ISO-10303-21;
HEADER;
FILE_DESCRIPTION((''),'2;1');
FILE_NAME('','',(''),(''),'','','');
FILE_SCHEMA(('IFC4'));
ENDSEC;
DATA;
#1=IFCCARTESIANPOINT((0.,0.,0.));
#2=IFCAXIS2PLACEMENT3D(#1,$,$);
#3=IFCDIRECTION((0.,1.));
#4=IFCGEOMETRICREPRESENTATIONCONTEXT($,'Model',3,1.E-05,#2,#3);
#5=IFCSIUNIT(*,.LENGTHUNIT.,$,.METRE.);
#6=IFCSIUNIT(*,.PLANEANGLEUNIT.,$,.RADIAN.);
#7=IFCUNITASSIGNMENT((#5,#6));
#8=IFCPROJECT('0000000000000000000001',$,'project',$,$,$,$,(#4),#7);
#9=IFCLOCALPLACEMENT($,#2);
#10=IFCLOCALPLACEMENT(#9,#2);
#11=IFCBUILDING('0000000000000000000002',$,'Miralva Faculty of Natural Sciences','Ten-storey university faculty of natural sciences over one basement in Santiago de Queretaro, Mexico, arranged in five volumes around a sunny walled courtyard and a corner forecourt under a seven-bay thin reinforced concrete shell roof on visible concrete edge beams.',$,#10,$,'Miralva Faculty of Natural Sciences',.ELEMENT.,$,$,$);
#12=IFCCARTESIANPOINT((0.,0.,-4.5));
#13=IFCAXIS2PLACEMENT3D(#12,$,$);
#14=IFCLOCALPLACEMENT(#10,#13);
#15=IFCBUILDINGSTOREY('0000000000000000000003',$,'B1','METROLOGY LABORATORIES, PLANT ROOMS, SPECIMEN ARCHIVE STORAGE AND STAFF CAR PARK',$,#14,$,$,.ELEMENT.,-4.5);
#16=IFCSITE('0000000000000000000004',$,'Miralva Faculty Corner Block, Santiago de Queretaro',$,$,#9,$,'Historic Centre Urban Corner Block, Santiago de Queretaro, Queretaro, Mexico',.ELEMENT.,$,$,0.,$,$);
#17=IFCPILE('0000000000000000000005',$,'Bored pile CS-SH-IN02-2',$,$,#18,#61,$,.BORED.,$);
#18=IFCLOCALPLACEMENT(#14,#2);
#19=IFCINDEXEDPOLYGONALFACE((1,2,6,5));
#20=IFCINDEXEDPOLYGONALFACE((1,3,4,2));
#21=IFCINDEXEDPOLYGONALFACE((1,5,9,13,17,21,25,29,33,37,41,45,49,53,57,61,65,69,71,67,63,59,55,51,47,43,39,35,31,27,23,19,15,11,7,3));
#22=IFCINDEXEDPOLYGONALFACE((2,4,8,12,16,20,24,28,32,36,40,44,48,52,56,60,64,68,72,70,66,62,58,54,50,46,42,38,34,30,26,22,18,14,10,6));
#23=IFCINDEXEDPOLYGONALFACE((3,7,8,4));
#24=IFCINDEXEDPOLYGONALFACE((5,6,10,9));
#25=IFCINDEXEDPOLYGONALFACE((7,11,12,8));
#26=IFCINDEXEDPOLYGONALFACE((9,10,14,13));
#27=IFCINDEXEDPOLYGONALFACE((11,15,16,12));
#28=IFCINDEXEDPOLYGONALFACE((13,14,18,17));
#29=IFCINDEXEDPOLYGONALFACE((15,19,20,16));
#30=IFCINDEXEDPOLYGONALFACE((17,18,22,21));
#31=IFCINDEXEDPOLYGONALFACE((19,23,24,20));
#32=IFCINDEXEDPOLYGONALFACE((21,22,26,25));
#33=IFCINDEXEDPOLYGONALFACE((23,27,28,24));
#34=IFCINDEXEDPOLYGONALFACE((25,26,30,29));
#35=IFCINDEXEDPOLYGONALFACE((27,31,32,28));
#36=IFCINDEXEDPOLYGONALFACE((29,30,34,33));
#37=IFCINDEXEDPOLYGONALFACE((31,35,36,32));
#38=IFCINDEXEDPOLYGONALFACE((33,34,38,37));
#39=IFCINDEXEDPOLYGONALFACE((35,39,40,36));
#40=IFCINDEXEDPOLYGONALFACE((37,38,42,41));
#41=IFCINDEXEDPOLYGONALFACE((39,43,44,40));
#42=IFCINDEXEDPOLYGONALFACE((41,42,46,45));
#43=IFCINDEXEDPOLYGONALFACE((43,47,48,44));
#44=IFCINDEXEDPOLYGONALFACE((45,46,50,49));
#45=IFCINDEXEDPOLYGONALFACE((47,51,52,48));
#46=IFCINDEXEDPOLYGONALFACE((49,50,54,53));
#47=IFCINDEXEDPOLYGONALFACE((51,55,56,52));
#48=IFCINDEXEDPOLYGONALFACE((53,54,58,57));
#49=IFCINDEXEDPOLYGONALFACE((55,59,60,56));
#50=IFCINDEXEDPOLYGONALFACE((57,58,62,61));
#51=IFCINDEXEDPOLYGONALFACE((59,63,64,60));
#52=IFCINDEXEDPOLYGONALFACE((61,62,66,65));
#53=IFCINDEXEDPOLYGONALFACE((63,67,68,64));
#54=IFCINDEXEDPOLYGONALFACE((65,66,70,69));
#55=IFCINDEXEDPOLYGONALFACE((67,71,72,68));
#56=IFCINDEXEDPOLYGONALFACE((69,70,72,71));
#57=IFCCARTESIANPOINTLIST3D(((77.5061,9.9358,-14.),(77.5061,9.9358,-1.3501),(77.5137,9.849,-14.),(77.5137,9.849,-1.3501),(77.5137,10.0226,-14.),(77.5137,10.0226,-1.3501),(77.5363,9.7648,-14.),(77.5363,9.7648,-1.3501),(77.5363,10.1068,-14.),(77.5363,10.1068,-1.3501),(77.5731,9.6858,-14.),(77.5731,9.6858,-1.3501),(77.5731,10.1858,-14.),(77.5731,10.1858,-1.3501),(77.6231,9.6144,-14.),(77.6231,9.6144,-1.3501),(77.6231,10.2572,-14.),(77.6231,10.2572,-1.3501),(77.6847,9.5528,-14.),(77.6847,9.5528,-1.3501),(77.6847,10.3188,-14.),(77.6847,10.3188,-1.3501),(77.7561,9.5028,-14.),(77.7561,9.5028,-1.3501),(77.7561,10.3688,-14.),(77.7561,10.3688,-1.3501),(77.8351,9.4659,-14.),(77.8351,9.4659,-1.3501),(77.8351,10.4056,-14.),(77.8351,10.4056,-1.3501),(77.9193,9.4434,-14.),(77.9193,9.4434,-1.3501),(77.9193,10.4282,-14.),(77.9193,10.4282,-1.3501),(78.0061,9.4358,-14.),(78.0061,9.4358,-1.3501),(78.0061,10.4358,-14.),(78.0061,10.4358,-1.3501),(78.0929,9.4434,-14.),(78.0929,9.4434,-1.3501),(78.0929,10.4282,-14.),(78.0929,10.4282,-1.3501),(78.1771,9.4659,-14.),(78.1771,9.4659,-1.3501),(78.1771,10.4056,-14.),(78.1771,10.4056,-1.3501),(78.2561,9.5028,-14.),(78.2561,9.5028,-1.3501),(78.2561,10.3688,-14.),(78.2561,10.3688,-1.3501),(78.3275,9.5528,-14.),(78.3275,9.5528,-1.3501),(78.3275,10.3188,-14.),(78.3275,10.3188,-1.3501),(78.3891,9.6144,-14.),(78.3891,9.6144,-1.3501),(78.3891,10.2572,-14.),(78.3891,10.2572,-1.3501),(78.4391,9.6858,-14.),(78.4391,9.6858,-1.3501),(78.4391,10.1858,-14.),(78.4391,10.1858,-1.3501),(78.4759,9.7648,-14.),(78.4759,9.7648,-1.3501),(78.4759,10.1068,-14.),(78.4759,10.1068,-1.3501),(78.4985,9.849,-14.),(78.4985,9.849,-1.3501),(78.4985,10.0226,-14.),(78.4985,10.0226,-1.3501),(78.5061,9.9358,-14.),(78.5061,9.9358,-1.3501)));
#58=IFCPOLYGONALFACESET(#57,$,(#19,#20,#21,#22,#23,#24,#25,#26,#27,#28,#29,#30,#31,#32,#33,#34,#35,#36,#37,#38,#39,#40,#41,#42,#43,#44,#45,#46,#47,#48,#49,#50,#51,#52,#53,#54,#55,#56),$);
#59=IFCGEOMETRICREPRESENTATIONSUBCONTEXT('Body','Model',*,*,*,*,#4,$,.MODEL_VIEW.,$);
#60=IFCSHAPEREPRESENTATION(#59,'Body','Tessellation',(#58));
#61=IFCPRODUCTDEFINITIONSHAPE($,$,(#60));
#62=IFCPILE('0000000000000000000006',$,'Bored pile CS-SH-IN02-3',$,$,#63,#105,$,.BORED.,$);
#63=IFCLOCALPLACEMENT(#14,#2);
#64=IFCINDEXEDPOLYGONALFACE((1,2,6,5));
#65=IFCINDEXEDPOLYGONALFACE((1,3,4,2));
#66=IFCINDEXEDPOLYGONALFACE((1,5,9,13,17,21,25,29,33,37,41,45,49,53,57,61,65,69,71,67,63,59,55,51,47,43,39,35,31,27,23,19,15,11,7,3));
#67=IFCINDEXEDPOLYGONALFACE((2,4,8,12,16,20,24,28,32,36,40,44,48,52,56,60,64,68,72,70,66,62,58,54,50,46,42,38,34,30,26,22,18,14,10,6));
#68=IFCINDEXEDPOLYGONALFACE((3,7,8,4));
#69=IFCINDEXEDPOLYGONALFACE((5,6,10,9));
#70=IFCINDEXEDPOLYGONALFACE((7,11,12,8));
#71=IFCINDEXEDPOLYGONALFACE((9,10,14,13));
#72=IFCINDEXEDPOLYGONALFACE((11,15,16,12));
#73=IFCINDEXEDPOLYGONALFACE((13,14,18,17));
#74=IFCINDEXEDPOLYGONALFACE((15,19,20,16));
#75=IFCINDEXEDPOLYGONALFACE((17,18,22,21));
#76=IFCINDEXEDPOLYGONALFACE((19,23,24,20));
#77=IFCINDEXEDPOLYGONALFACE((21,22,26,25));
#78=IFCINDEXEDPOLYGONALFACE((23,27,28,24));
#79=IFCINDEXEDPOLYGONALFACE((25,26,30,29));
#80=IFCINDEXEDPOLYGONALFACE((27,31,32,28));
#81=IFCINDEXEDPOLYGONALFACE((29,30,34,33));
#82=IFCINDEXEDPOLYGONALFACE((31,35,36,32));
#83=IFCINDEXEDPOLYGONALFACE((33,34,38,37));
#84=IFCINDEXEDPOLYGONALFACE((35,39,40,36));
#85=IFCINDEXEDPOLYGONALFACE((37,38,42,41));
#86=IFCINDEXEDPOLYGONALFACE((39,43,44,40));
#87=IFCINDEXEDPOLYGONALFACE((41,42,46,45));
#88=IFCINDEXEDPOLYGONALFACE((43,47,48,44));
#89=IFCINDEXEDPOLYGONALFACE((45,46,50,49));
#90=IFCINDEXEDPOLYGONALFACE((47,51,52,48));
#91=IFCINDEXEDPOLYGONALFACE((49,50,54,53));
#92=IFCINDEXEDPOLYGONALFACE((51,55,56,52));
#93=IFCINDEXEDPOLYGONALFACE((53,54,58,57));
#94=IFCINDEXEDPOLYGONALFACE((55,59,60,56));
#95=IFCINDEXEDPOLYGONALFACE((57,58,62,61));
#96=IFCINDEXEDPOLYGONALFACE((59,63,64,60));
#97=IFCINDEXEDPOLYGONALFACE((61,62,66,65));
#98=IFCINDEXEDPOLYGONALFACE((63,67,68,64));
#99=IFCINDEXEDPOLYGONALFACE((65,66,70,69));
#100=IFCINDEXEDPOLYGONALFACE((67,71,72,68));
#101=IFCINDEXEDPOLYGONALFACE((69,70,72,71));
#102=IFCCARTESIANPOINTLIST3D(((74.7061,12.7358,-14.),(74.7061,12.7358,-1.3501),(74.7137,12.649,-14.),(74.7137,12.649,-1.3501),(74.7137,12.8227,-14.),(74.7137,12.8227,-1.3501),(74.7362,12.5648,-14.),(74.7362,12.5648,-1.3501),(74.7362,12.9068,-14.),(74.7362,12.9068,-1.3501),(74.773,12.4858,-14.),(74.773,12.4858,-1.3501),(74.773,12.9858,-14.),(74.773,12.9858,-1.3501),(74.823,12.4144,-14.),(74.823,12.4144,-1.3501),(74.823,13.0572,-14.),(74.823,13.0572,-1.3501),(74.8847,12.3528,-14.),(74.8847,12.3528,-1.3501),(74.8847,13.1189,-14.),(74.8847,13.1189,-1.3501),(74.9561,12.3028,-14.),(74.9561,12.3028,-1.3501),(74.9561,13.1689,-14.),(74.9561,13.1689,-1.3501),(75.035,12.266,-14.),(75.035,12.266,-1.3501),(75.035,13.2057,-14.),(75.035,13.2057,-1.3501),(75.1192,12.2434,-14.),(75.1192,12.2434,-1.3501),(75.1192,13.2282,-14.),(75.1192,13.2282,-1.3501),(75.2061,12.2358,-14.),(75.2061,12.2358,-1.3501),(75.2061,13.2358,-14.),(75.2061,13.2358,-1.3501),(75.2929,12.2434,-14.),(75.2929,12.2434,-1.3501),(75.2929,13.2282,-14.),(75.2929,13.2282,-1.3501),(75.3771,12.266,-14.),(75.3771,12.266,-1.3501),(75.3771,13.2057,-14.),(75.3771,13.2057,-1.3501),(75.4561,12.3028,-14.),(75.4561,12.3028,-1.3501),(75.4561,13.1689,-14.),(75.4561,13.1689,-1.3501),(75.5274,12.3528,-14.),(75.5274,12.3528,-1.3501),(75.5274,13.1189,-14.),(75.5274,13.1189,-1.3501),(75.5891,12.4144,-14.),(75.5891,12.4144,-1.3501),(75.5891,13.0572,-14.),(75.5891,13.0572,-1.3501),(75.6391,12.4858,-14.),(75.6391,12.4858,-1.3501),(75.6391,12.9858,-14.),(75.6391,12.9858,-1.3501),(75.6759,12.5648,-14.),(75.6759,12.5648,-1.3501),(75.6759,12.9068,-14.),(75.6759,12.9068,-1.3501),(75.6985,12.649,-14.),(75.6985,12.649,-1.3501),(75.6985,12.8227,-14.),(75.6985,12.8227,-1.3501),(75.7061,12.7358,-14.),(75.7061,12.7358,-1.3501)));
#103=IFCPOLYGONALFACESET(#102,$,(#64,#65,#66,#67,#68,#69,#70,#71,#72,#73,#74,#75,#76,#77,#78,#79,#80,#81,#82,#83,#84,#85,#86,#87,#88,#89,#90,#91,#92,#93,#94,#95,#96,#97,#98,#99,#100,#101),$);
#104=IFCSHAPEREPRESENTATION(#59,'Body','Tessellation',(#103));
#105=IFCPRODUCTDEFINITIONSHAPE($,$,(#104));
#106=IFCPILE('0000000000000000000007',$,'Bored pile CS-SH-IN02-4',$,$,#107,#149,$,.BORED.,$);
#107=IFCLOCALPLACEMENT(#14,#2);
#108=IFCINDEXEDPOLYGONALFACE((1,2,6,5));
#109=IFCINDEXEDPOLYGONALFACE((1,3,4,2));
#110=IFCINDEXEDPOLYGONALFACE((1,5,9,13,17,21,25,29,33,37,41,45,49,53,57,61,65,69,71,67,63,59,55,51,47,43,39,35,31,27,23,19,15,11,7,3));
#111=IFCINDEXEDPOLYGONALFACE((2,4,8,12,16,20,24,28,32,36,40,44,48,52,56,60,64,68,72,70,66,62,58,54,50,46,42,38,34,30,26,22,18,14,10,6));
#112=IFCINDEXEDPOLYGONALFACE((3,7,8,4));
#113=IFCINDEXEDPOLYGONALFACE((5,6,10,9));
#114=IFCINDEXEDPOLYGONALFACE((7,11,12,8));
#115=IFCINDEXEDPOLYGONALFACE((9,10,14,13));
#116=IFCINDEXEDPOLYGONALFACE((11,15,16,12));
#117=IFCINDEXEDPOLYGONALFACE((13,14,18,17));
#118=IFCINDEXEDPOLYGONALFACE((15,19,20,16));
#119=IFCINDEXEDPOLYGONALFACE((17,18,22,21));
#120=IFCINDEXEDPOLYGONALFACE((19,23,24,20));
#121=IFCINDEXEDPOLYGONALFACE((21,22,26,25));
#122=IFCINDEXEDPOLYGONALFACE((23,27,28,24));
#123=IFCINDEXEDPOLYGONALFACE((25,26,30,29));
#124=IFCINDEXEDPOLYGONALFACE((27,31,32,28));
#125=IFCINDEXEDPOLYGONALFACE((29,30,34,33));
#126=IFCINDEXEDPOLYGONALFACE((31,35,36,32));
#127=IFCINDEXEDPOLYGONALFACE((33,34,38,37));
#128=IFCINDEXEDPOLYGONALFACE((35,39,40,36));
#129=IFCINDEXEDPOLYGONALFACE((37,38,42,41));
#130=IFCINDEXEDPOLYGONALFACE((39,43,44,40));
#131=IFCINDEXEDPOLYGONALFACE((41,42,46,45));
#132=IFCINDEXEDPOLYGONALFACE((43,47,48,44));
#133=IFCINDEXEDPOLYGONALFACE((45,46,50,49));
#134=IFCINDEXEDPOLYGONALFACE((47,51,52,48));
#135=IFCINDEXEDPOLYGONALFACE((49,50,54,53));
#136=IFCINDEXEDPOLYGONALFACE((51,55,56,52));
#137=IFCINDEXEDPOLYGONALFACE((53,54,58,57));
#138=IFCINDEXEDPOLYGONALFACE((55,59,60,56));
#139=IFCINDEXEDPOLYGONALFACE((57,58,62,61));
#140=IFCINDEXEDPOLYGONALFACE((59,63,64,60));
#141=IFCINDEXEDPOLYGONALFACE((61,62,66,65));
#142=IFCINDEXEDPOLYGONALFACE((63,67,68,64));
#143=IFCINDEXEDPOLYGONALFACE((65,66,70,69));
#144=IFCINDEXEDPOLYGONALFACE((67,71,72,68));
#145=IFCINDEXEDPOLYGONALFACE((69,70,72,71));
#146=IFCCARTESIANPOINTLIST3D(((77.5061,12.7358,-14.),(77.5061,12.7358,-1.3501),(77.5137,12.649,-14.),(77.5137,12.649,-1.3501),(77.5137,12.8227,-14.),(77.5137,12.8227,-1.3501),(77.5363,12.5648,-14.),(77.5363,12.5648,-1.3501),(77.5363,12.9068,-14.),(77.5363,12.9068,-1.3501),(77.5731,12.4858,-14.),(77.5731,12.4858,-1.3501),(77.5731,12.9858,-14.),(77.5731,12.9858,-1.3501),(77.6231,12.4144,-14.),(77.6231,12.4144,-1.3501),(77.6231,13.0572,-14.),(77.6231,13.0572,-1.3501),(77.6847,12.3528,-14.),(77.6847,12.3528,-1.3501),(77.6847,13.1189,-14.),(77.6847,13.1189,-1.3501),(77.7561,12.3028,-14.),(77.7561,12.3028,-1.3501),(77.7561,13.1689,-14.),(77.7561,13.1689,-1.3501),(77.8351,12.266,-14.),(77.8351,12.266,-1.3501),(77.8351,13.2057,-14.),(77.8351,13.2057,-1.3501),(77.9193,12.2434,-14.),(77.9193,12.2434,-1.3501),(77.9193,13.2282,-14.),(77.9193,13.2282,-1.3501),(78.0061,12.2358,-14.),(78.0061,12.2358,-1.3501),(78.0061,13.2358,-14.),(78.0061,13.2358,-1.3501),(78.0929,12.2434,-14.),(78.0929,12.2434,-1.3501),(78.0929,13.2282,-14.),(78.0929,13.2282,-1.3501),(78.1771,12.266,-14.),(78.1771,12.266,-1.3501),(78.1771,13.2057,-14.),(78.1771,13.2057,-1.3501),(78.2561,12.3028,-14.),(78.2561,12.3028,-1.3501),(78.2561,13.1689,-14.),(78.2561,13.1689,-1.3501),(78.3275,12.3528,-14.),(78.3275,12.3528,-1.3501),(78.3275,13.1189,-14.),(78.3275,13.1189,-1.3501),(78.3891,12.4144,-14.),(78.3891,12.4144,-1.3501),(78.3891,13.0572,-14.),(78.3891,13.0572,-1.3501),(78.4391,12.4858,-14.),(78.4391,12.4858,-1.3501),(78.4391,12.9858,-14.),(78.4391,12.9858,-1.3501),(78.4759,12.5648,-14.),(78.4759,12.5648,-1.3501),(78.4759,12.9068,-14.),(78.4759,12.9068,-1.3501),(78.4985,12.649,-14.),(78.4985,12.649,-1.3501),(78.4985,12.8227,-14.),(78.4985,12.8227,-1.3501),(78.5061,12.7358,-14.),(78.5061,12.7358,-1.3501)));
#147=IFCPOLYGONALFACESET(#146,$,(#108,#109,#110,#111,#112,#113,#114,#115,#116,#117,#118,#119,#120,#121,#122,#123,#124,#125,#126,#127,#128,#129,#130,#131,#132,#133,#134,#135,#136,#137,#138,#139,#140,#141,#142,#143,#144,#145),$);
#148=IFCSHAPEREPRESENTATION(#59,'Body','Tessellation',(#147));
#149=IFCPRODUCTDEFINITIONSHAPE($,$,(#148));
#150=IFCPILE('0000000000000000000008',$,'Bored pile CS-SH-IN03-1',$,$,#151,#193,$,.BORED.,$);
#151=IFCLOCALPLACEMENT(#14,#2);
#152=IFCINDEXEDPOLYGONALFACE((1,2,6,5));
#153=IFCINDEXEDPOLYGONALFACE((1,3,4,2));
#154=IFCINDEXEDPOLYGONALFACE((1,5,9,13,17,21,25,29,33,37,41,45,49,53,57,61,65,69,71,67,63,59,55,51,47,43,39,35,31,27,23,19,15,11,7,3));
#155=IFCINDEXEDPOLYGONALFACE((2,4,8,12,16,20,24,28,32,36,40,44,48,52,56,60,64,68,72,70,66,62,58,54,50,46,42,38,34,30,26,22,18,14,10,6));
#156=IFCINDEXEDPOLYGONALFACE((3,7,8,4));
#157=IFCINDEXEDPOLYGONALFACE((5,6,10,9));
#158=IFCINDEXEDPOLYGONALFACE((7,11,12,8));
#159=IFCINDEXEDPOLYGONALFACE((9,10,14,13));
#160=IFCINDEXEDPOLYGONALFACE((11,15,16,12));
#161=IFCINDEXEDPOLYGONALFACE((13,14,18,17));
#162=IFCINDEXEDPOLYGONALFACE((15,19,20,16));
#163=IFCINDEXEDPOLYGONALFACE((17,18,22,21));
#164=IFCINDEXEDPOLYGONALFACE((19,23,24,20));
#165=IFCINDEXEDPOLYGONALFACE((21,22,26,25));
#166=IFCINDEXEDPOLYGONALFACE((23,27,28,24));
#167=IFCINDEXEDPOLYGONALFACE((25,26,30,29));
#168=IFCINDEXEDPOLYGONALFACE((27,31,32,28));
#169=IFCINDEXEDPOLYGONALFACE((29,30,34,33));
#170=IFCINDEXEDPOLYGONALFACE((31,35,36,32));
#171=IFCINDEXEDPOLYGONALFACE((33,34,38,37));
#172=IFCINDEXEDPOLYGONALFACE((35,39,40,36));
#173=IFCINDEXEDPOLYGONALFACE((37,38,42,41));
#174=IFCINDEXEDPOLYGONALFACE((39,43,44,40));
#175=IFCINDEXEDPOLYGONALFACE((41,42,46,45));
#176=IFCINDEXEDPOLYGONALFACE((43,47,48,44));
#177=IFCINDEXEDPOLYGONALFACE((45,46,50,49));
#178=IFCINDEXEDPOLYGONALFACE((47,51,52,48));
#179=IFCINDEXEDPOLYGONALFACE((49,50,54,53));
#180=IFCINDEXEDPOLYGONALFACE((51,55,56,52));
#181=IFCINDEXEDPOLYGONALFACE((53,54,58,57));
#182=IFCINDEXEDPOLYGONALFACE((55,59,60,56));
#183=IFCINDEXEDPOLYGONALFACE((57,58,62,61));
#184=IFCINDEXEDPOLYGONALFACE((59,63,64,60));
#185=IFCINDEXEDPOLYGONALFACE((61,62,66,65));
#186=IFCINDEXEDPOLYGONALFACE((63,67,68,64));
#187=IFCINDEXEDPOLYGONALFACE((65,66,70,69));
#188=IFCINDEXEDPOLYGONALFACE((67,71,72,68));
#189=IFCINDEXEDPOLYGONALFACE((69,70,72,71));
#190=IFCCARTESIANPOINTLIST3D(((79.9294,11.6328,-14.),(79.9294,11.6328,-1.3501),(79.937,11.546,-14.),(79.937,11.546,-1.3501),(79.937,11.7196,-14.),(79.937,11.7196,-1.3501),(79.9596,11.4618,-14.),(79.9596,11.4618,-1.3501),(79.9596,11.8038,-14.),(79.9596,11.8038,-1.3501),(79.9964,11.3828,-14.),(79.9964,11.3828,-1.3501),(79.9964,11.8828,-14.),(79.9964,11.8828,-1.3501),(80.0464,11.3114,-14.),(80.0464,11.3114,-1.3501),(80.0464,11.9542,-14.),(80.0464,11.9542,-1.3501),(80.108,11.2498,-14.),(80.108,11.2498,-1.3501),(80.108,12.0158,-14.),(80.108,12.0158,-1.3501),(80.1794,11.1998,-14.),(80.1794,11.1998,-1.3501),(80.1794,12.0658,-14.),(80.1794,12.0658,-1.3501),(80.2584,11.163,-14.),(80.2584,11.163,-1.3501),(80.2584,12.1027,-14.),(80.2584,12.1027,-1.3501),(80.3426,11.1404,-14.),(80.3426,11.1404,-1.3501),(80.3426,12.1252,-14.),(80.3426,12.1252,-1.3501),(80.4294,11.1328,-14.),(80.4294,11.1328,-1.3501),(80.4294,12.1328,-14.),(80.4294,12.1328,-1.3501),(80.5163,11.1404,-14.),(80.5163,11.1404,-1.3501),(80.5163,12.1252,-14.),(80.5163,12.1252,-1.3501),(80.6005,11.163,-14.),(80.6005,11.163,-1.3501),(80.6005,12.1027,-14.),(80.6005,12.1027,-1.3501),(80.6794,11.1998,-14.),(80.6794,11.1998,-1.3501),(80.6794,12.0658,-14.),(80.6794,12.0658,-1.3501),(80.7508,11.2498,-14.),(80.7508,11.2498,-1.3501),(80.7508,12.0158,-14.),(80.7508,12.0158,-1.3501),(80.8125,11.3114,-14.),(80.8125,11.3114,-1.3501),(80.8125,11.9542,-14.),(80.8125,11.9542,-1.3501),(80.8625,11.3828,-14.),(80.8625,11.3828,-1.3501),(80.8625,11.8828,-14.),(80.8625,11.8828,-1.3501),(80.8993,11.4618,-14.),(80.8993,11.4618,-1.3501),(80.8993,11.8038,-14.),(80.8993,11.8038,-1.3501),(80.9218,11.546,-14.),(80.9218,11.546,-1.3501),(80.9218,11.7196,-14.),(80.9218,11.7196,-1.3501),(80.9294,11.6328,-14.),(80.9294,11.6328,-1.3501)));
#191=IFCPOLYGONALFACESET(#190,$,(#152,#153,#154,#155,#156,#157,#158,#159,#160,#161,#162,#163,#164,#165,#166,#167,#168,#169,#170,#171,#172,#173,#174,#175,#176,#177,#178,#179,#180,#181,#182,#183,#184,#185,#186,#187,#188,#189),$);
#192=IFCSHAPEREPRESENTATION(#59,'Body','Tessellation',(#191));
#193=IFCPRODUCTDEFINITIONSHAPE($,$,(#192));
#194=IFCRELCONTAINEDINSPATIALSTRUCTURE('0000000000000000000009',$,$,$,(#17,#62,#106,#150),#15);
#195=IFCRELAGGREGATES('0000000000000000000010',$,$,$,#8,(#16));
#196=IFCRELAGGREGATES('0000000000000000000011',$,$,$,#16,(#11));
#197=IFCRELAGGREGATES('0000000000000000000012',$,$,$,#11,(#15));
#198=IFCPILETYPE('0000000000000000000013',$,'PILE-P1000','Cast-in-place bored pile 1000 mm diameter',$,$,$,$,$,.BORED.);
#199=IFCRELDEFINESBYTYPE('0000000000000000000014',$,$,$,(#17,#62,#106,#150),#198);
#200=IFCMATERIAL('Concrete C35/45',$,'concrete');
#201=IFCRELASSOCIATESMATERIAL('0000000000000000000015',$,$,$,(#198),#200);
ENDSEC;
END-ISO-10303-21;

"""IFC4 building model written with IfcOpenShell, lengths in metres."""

from ifc_helpers import new_model, si_unit, direction, frame, origin, origin_2d, place, context, subcontext, project, spatial, circle, extrude, material, material_profile, profile_set, type_object, element, save


model = new_model("IFC4")

# Units and contexts
model_context = context("Model", 3, precision=1e-05, world=origin(), true_north=direction((0.0, 1.0)))
body_context = subcontext(model_context, "Body", "Model", "MODEL_VIEW")
ifc_project = project(units=[si_unit("LENGTHUNIT", "METRE"), si_unit("PLANEANGLEUNIT", "RADIAN")], contexts=[model_context])

# Site, building, storey
site_placement = place(None, origin())
site = spatial("IfcSite", under=ifc_project, at=site_placement, Name="Miralva Faculty Corner Block, Santiago de Queretaro", LongName="Historic Centre Urban Corner Block, Santiago de Queretaro, Queretaro, Mexico", CompositionType="ELEMENT", RefElevation=0.0)
building_placement = place(site_placement, origin())
building = spatial("IfcBuilding", under=site, at=building_placement, Name="Miralva Faculty of Natural Sciences", Description="Ten-storey university faculty of natural sciences over one basement in Santiago de Queretaro, Mexico, arranged in five volumes around a sunny walled courtyard and a corner forecourt under a seven-bay thin reinforced concrete shell roof on visible concrete edge beams.", LongName="Miralva Faculty of Natural Sciences", CompositionType="ELEMENT")
storey_placement = place(building_placement, frame((0.0, 0.0, -4.5)))
storey = spatial("IfcBuildingStorey", under=building, at=storey_placement, Name="B1", Description="METROLOGY LABORATORIES, PLANT ROOMS, SPECIMEN ARCHIVE STORAGE AND STAFF CAR PARK", CompositionType="ELEMENT", Elevation=-4.5)

# Shared definitions
ifc_material_1 = material(Name="Concrete C35/45", Category="concrete")

# Piles
ifc_material_profile_1 = material_profile(ifc_material_1, circle(Radius=0.5, at=origin_2d()), Name="BORED PILE 1000")
ifc_profile_set_1 = profile_set([ifc_material_profile_1], Name="Concrete C35/45")
pile_type = type_object("IfcPileType", Name="PILE-P1000", Description="Cast-in-place bored pile 1000 mm diameter", PredefinedType="BORED", material=ifc_profile_set_1)
for number, where, z_axis, x_axis, name in (
    (1, (78.0061, 9.9358, -1.3501), (0.0, 0.0, -1.0), (1.0, 0.0, 0.0), "Bored pile CS-SH-IN02-2"),
    (2, (75.2061, 12.7358, -1.3501), (0.0, 0.0, -1.0), (1.0, 0.0, 0.0), "Bored pile CS-SH-IN02-3"),
    (3, (78.0061, 12.7358, -1.3501), (0.0, 0.0, -1.0), (1.0, 0.0, 0.0), "Bored pile CS-SH-IN02-4"),
    (4, (80.4294, 11.6328, -1.3501), (0.0, 0.0, -1.0), (1.0, 0.0, 0.0), "Bored pile CS-SH-IN03-1"),
):
    element("IfcPile", number, at=place(storey_placement, frame(where, z_axis=z_axis, x_axis=x_axis)), inside=storey, type_object=pile_type, Name=name, PredefinedType="BORED", context=body_context, shape_type="SweptSolid", body=[
        extrude(circle(Radius=0.5, at=origin_2d()), origin(), (0.0, 0.0, 1.0), 12.6499),
    ])

save(model, "model.ifc")
